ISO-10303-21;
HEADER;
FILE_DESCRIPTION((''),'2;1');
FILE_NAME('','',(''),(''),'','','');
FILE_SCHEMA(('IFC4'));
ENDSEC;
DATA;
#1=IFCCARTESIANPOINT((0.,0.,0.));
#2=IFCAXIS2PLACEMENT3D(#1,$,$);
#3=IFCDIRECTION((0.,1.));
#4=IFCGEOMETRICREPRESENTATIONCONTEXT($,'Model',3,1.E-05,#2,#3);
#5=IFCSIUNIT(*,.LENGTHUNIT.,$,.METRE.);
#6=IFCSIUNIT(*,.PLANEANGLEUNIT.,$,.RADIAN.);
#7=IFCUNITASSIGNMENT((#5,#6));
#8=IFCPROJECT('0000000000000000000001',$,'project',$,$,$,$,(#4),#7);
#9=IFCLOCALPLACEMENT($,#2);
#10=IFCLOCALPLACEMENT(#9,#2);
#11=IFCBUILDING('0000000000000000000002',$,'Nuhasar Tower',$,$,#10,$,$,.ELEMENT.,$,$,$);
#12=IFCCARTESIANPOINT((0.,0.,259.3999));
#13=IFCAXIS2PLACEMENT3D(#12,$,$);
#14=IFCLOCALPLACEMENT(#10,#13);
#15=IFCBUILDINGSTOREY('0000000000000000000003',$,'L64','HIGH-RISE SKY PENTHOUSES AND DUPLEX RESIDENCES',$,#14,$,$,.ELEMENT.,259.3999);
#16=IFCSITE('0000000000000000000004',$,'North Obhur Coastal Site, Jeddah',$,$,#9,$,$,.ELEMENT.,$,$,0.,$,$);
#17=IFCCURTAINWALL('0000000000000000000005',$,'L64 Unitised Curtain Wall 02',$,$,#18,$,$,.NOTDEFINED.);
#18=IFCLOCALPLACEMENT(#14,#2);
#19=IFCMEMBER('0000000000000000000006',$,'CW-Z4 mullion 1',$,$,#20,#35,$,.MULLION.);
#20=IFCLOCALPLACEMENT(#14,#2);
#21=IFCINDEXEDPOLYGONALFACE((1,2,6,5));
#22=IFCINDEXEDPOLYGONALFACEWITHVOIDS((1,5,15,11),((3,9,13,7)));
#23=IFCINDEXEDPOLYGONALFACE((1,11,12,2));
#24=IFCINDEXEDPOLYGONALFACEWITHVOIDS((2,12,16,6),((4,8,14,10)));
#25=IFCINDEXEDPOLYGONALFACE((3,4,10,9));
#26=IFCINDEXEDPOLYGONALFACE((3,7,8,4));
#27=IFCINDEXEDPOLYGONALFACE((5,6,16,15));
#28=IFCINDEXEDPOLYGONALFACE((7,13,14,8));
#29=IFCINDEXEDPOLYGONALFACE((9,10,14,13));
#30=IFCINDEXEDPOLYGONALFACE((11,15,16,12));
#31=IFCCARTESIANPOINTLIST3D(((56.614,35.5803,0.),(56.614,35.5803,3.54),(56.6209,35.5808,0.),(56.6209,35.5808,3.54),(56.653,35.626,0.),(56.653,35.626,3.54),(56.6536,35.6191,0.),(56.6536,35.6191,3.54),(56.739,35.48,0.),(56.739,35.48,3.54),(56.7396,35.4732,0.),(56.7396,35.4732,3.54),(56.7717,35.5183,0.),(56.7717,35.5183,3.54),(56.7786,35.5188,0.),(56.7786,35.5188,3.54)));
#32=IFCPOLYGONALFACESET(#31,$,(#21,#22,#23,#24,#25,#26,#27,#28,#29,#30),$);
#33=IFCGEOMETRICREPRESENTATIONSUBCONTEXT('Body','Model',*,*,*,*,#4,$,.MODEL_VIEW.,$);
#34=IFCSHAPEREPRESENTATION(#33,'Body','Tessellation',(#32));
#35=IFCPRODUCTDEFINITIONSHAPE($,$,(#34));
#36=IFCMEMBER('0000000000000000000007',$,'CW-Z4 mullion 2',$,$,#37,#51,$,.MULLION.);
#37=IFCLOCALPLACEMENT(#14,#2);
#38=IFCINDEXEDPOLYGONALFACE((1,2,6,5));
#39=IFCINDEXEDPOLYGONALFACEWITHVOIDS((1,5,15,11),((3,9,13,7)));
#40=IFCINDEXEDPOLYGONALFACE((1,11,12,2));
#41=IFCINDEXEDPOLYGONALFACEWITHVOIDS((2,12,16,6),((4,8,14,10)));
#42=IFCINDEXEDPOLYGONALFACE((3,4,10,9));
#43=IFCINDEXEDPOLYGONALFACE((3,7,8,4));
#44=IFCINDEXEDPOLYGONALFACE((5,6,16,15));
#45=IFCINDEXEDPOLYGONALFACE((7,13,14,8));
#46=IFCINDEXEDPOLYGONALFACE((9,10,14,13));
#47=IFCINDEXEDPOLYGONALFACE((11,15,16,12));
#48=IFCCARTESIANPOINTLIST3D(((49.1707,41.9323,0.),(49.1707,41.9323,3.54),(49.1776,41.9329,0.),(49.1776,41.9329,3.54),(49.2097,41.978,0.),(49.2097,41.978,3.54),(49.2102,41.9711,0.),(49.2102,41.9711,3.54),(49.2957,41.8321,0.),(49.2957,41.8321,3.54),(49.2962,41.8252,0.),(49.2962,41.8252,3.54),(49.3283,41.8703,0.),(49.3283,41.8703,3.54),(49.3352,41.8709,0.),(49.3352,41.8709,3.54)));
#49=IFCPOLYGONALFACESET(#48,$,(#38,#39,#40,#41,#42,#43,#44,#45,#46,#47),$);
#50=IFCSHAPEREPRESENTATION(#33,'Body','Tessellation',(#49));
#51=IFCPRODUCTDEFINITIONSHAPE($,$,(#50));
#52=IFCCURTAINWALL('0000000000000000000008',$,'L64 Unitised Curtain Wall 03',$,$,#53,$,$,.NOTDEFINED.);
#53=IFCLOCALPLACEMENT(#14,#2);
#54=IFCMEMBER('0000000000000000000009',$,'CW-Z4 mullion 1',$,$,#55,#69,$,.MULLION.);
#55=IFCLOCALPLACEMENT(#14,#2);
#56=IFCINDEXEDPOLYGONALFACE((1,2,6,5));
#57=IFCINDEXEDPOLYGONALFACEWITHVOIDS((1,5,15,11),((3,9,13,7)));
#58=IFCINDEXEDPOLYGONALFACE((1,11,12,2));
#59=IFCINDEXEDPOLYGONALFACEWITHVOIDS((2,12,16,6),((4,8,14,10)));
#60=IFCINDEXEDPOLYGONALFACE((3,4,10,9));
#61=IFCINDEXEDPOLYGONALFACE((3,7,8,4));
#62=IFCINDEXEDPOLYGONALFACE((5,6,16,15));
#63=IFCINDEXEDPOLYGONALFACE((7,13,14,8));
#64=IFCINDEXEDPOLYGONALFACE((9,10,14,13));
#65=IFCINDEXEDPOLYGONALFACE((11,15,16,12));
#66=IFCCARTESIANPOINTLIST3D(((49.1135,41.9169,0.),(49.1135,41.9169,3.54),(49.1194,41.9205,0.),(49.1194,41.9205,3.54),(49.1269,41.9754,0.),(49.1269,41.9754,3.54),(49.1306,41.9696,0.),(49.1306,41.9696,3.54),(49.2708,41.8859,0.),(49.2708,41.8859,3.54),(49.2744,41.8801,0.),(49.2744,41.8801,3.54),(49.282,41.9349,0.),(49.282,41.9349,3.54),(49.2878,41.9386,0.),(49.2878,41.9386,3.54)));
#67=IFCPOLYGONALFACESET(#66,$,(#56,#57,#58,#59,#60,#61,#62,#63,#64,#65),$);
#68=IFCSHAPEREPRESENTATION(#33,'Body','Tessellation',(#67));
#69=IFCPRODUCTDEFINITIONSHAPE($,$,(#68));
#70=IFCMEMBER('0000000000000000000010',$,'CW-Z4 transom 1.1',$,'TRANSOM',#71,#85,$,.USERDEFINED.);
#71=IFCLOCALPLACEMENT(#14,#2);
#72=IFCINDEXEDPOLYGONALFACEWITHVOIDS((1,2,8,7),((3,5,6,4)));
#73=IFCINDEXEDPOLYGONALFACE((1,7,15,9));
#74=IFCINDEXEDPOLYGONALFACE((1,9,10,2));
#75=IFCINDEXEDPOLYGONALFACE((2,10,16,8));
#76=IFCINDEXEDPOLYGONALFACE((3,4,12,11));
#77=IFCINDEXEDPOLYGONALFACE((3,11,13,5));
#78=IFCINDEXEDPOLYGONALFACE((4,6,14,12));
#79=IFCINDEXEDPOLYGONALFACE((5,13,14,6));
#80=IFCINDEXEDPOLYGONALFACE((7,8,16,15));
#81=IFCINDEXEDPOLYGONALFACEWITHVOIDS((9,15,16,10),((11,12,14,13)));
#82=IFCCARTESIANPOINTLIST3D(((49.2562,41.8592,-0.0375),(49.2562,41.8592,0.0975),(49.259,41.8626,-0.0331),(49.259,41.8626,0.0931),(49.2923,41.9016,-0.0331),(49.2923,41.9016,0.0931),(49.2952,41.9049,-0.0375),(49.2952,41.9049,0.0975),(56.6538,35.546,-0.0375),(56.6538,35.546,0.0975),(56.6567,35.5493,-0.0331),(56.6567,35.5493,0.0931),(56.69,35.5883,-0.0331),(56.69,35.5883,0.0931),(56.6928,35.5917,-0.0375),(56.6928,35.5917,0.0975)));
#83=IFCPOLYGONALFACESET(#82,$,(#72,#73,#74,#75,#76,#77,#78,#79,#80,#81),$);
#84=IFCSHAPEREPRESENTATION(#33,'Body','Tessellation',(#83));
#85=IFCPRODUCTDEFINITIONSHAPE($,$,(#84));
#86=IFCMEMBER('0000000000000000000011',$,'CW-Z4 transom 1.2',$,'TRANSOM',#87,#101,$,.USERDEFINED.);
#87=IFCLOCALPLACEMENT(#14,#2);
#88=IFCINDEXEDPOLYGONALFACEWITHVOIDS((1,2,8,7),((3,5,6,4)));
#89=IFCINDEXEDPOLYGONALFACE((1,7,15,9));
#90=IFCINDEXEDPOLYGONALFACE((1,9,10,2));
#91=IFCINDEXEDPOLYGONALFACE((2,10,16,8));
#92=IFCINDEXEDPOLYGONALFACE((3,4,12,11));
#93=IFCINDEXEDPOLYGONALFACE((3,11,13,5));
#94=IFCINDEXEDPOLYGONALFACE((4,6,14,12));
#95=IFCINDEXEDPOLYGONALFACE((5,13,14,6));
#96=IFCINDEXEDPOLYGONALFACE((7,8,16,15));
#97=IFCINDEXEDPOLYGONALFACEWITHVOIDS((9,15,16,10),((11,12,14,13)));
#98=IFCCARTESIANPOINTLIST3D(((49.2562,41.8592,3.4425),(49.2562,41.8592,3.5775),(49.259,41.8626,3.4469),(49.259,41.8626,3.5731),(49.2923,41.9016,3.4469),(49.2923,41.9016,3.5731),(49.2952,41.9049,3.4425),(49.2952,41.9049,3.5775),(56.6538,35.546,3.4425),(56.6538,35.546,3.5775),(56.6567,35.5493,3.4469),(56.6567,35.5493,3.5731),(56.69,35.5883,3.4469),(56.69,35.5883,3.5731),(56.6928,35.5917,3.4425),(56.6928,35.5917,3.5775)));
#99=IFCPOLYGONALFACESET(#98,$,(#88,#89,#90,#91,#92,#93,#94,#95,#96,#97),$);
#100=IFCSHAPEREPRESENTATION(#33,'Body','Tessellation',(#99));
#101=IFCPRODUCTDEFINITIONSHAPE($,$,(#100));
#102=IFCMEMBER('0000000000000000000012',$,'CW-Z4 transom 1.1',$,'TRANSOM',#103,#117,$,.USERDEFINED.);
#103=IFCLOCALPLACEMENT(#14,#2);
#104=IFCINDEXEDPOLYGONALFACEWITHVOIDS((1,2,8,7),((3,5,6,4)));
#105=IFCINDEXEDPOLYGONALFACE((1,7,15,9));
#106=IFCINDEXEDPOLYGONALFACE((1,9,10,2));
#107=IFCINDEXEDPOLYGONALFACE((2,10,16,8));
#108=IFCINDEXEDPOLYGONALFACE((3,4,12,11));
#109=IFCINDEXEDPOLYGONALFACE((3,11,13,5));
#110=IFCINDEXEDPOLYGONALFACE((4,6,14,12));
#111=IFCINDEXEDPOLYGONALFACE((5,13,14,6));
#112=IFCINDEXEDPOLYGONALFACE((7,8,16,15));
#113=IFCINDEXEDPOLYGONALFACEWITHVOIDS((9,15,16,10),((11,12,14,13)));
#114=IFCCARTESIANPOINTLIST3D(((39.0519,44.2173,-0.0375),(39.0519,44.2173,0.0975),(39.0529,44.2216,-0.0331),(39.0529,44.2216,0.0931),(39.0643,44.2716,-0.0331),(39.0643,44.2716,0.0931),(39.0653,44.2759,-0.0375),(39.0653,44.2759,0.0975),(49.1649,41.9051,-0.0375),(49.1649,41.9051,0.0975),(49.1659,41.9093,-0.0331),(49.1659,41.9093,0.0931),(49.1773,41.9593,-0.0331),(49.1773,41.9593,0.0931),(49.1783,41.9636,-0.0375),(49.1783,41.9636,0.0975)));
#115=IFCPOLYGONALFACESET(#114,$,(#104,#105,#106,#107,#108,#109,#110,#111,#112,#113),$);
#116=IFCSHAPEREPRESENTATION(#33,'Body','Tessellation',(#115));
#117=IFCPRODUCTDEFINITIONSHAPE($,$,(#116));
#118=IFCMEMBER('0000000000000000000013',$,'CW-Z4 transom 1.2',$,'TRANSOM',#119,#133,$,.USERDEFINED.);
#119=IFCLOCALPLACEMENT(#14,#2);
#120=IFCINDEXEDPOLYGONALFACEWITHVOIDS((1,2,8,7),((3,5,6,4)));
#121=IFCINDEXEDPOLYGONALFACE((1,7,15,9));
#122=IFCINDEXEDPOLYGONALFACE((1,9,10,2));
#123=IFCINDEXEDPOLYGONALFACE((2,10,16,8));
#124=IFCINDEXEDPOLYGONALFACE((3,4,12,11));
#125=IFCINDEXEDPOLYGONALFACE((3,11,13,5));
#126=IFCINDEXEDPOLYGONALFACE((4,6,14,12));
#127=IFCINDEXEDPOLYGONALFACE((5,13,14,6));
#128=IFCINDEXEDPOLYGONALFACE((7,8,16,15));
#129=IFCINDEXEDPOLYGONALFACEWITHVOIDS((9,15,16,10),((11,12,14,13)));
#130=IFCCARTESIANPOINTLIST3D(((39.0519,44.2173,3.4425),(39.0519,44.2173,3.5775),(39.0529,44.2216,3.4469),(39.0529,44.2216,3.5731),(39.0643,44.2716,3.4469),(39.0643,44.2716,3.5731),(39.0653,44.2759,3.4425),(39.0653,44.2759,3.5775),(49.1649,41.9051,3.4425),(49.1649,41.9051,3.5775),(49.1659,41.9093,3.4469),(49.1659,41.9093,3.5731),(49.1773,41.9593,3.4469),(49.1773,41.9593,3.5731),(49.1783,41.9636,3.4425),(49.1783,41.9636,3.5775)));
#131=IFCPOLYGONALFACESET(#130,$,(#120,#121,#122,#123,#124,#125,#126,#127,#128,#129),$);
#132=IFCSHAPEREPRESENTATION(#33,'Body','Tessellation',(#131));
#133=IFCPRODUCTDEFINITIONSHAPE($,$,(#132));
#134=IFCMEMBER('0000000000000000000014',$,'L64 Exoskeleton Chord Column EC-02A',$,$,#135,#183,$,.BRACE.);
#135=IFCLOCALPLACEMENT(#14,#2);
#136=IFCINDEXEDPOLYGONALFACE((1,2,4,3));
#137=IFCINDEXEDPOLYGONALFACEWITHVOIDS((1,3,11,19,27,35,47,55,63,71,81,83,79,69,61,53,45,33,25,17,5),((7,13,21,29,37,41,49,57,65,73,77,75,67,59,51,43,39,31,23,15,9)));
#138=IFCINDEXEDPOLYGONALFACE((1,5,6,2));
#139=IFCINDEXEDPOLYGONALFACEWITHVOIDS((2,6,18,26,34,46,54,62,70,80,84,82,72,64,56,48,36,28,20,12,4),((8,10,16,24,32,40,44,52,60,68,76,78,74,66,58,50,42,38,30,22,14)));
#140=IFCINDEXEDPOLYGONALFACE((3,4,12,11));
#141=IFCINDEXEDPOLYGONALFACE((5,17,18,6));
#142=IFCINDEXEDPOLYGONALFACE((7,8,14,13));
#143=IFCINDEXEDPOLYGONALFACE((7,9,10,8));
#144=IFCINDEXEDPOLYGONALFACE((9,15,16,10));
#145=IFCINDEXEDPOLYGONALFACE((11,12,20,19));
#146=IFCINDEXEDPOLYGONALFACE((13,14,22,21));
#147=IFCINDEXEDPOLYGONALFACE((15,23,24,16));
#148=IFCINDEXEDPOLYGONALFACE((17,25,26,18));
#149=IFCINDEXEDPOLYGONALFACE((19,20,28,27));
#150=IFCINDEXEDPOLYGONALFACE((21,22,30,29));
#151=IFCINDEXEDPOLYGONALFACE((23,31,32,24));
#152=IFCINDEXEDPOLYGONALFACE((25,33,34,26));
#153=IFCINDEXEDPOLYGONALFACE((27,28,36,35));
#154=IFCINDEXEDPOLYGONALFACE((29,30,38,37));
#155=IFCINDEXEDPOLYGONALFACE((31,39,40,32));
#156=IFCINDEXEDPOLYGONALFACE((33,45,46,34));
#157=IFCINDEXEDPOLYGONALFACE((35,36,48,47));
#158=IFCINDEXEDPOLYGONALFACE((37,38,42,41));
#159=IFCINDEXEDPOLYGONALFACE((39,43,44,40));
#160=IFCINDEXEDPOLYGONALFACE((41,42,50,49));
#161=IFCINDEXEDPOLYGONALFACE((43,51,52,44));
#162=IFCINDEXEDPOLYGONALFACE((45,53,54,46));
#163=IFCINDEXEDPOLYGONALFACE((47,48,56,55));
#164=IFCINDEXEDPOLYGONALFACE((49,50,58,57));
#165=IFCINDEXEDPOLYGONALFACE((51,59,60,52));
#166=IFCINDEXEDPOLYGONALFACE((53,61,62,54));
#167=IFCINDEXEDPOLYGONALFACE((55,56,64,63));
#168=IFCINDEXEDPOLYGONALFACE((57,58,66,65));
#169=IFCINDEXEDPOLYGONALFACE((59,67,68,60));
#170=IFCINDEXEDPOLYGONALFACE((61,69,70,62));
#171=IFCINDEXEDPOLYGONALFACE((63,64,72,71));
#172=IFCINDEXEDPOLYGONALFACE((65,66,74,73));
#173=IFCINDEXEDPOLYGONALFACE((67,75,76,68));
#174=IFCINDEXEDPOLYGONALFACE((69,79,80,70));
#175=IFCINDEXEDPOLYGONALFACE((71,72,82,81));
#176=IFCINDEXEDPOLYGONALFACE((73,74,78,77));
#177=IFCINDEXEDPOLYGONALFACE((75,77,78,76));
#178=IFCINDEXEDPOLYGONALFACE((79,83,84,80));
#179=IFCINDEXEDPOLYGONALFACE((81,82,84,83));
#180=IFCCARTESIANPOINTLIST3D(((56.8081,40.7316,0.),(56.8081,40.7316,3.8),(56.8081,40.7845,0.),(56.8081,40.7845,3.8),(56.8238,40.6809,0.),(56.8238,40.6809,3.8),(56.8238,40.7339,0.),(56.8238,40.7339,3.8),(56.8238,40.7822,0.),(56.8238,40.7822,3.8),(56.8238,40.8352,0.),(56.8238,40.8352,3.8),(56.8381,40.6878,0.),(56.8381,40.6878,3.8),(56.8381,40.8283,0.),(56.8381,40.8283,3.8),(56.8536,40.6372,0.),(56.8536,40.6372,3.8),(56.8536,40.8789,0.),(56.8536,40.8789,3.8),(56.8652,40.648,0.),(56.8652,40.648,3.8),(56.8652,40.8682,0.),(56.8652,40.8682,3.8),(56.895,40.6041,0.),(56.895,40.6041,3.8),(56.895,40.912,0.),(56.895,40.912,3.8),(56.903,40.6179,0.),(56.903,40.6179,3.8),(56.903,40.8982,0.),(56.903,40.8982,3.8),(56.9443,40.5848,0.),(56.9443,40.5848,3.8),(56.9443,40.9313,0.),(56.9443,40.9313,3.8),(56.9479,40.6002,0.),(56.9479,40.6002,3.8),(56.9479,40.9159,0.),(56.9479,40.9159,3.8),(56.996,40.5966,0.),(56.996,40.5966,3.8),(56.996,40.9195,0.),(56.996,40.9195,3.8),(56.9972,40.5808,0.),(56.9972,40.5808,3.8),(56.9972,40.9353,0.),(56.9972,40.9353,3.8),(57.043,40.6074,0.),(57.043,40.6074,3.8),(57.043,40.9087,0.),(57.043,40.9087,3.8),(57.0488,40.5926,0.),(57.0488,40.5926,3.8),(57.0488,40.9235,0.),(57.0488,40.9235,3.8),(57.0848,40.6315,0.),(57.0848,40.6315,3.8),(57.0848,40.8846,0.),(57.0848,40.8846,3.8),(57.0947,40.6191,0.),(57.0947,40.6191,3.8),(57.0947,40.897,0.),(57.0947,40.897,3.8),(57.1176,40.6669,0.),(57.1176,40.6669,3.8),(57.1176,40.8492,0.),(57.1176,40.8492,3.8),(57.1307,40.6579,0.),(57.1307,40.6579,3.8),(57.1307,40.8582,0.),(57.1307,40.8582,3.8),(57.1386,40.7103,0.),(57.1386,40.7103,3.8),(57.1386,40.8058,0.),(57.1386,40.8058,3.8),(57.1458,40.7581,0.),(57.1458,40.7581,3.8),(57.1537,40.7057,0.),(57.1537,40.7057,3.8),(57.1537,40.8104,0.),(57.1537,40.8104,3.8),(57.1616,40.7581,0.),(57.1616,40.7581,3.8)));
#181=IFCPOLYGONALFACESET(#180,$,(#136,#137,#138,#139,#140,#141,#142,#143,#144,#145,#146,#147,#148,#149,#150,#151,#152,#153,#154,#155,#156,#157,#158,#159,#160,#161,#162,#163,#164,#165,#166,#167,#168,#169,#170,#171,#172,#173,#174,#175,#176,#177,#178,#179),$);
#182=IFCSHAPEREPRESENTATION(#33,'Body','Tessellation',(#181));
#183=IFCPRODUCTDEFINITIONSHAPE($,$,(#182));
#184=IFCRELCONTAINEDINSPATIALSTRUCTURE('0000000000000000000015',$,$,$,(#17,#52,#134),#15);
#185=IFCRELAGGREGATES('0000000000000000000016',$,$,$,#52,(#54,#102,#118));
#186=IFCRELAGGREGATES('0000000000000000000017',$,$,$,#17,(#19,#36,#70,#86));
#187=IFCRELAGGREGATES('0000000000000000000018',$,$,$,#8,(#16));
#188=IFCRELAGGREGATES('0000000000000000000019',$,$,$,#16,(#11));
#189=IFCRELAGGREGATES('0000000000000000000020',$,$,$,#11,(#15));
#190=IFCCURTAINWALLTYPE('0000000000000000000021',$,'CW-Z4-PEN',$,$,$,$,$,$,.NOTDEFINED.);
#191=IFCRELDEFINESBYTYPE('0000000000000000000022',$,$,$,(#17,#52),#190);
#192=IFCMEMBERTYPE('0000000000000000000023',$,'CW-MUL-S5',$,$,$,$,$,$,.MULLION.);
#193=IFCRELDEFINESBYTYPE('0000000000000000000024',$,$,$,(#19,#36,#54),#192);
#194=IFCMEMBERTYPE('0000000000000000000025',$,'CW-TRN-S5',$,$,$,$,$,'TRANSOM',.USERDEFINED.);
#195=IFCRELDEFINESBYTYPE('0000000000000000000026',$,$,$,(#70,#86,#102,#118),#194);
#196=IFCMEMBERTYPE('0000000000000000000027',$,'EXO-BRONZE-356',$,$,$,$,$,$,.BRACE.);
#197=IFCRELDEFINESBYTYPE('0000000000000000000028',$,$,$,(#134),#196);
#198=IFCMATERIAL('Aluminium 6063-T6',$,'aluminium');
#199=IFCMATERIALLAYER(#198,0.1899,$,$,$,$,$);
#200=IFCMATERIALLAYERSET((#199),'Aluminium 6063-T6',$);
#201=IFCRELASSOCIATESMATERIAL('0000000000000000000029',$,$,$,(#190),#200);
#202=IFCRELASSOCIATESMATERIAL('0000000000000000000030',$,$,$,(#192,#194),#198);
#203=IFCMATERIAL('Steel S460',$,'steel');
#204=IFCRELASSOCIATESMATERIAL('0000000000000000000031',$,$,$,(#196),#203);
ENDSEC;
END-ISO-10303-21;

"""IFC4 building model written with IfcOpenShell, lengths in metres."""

from ifc_helpers import new_model, si_unit, direction, frame, origin, origin_2d, place, context, subcontext, project, spatial, hollow_rectangle, hollow_circle, extrude, material, layer, layer_set, material_profile, profile_set, type_object, element, aggregate, save


model = new_model("IFC4")

# Units and contexts
model_context = context("Model", 3, precision=1e-05, world=origin(), true_north=direction((0.0, 1.0)))
body_context = subcontext(model_context, "Body", "Model", "MODEL_VIEW")
ifc_project = project(units=[si_unit("LENGTHUNIT", "METRE"), si_unit("PLANEANGLEUNIT", "RADIAN")], contexts=[model_context])

# Site, building, storey
site_placement = place(None, origin())
site = spatial("IfcSite", under=ifc_project, at=site_placement, Name="North Obhur Coastal Site, Jeddah", CompositionType="ELEMENT", RefElevation=0.0)
building_placement = place(site_placement, origin())
building = spatial("IfcBuilding", under=site, at=building_placement, Name="Nuhasar Tower", CompositionType="ELEMENT")
storey_placement = place(building_placement, frame((0.0, 0.0, 259.3999)))
storey = spatial("IfcBuildingStorey", under=building, at=storey_placement, Name="L64", Description="HIGH-RISE SKY PENTHOUSES AND DUPLEX RESIDENCES", CompositionType="ELEMENT", Elevation=259.3999)

# Curtain wall, members
ifc_material_1 = material(Name="Aluminium 6063-T6", Category="aluminium")
ifc_layer_1 = layer(ifc_material_1, 0.1899)
ifc_layer_set_1 = layer_set([ifc_layer_1], Name="Aluminium 6063-T6")
curtain_wall_type = type_object("IfcCurtainWallType", Name="CW-Z4-PEN", PredefinedType="NOTDEFINED", material=ifc_layer_set_1)
curtain_wall_1_placement = place(storey_placement, origin())
curtain_wall_1 = element("IfcCurtainWall", 1, at=curtain_wall_1_placement, inside=storey, type_object=curtain_wall_type, Name="L64 Unitised Curtain Wall 02", PredefinedType="NOTDEFINED")
ifc_material_profile_1 = material_profile(ifc_material_1, hollow_rectangle(XDim=0.0601, YDim=0.165, WallThickness=0.0049, at=origin_2d()), Name="CWM-5")
ifc_profile_set_1 = profile_set([ifc_material_profile_1], Name="Aluminium 6063-T6")
member_type_1 = type_object("IfcMemberType", Name="CW-MUL-S5", PredefinedType="MULLION", material=ifc_profile_set_1)
member_1_placement = place(storey_placement, frame((56.6963, 35.5496, 0.0), z_axis=(0.0, 0.0, 1.0), x_axis=(-0.649142, -0.760667, 0.0)))
member_1 = element("IfcMember", 2, at=member_1_placement, type_object=member_type_1, Name="CW-Z4 mullion 1", PredefinedType="MULLION", context=body_context, shape_type="SweptSolid", body=[
    extrude(hollow_rectangle(XDim=0.0601, YDim=0.165, WallThickness=0.0049, at=origin_2d()), origin(), (0.0, 0.0, 1.0), 3.54),
])
member_2_placement = place(storey_placement, frame((49.2529, 41.9016, 0.0), z_axis=(0.0, 0.0, 1.0), x_axis=(-0.649142, -0.760667, 0.0)))
member_2 = element("IfcMember", 3, at=member_2_placement, type_object=member_type_1, Name="CW-Z4 mullion 2", PredefinedType="MULLION", context=body_context, shape_type="SweptSolid", body=[
    extrude(hollow_rectangle(XDim=0.0601, YDim=0.165, WallThickness=0.0049, at=origin_2d()), origin(), (0.0, 0.0, 1.0), 3.54),
])

# Curtain wall, member
curtain_wall_2_placement = place(storey_placement, origin())
curtain_wall_2 = element("IfcCurtainWall", 4, at=curtain_wall_2_placement, inside=storey, type_object=curtain_wall_type, Name="L64 Unitised Curtain Wall 03", PredefinedType="NOTDEFINED")
member_3_placement = place(storey_placement, frame((49.2007, 41.9277, 0.0), z_axis=(0.0, 0.0, 1.0), x_axis=(-0.222889, -0.974844, 0.0)))
member_3 = element("IfcMember", 5, at=member_3_placement, type_object=member_type_1, Name="CW-Z4 mullion 1", PredefinedType="MULLION", context=body_context, shape_type="SweptSolid", body=[
    extrude(hollow_rectangle(XDim=0.0601, YDim=0.165, WallThickness=0.0049, at=origin_2d()), origin(), (0.0, 0.0, 1.0), 3.54),
])

# Members
ifc_material_profile_2 = material_profile(ifc_material_1, hollow_rectangle(XDim=0.0601, YDim=0.135, WallThickness=0.0044, at=origin_2d()), Name="CWT-5")
ifc_profile_set_2 = profile_set([ifc_material_profile_2], Name="Aluminium 6063-T6")
member_type_2 = type_object("IfcMemberType", Name="CW-TRN-S5", ElementType="TRANSOM", PredefinedType="USERDEFINED", material=ifc_profile_set_2)
member_4_placement = place(storey_placement, frame((56.6733, 35.5688, 0.03), z_axis=(-0.76066, 0.64915, 0.0), x_axis=(-0.64915, -0.76066, 0.0)))
member_4 = element("IfcMember", 6, at=member_4_placement, type_object=member_type_2, Name="CW-Z4 transom 1.1", ObjectType="TRANSOM", PredefinedType="USERDEFINED", context=body_context, shape_type="SweptSolid", body=[
    extrude(hollow_rectangle(XDim=0.0601, YDim=0.135, WallThickness=0.0044, at=origin_2d()), origin(), (0.0, 0.0, 1.0), 9.7253),
])
member_5_placement = place(storey_placement, frame((56.6733, 35.5688, 3.51), z_axis=(-0.76066, 0.64915, 0.0), x_axis=(-0.64915, -0.76066, 0.0)))
member_5 = element("IfcMember", 7, at=member_5_placement, type_object=member_type_2, Name="CW-Z4 transom 1.2", ObjectType="TRANSOM", PredefinedType="USERDEFINED", context=body_context, shape_type="SweptSolid", body=[
    extrude(hollow_rectangle(XDim=0.0601, YDim=0.135, WallThickness=0.0044, at=origin_2d()), origin(), (0.0, 0.0, 1.0), 9.7253),
])
member_6_placement = place(storey_placement, frame((49.1716, 41.9343, 0.03), z_axis=(-0.974844, 0.222889, 0.0), x_axis=(-0.222889, -0.974844, 0.0)))
member_6 = element("IfcMember", 8, at=member_6_placement, type_object=member_type_2, Name="CW-Z4 transom 1.1", ObjectType="TRANSOM", PredefinedType="USERDEFINED", context=body_context, shape_type="SweptSolid", body=[
    extrude(hollow_rectangle(XDim=0.0601, YDim=0.135, WallThickness=0.0044, at=origin_2d()), origin(), (0.0, 0.0, 1.0), 10.374),
])
member_7_placement = place(storey_placement, frame((49.1716, 41.9343, 3.51), z_axis=(-0.974844, 0.222889, 0.0), x_axis=(-0.222889, -0.974844, 0.0)))
member_7 = element("IfcMember", 9, at=member_7_placement, type_object=member_type_2, Name="CW-Z4 transom 1.2", ObjectType="TRANSOM", PredefinedType="USERDEFINED", context=body_context, shape_type="SweptSolid", body=[
    extrude(hollow_rectangle(XDim=0.0601, YDim=0.135, WallThickness=0.0044, at=origin_2d()), origin(), (0.0, 0.0, 1.0), 10.374),
])
aggregate(curtain_wall_2, [member_3, member_6, member_7])

# Member
ifc_material_2 = material(Name="Steel S460", Category="steel")
ifc_material_profile_3 = material_profile(ifc_material_2, hollow_circle(Radius=0.1777, WallThickness=0.0159, at=origin_2d()), Name="HSS355.6X15.9")
ifc_profile_set_3 = profile_set([ifc_material_profile_3], Name="Steel S460")
member_type_3 = type_object("IfcMemberType", Name="EXO-BRONZE-356", PredefinedType="BRACE", material=ifc_profile_set_3)
for number, where, z_axis, x_axis, name in (
    (10, (56.9839, 40.7581, 0.0), (0.0, 0.0, 1.0), (1.0, 0.0, 0.0), "L64 Exoskeleton Chord Column EC-02A"),
):
    element("IfcMember", number, at=place(storey_placement, frame(where, z_axis=z_axis, x_axis=x_axis)), inside=storey, type_object=member_type_3, Name=name, PredefinedType="BRACE", context=body_context, shape_type="SweptSolid", body=[
        extrude(hollow_circle(Radius=0.1777, WallThickness=0.0159, at=origin_2d()), origin(), (0.0, 0.0, 1.0), 3.8),
    ])

aggregate(curtain_wall_1, [member_1, member_2, member_4, member_5])

save(model, "model.ifc")
